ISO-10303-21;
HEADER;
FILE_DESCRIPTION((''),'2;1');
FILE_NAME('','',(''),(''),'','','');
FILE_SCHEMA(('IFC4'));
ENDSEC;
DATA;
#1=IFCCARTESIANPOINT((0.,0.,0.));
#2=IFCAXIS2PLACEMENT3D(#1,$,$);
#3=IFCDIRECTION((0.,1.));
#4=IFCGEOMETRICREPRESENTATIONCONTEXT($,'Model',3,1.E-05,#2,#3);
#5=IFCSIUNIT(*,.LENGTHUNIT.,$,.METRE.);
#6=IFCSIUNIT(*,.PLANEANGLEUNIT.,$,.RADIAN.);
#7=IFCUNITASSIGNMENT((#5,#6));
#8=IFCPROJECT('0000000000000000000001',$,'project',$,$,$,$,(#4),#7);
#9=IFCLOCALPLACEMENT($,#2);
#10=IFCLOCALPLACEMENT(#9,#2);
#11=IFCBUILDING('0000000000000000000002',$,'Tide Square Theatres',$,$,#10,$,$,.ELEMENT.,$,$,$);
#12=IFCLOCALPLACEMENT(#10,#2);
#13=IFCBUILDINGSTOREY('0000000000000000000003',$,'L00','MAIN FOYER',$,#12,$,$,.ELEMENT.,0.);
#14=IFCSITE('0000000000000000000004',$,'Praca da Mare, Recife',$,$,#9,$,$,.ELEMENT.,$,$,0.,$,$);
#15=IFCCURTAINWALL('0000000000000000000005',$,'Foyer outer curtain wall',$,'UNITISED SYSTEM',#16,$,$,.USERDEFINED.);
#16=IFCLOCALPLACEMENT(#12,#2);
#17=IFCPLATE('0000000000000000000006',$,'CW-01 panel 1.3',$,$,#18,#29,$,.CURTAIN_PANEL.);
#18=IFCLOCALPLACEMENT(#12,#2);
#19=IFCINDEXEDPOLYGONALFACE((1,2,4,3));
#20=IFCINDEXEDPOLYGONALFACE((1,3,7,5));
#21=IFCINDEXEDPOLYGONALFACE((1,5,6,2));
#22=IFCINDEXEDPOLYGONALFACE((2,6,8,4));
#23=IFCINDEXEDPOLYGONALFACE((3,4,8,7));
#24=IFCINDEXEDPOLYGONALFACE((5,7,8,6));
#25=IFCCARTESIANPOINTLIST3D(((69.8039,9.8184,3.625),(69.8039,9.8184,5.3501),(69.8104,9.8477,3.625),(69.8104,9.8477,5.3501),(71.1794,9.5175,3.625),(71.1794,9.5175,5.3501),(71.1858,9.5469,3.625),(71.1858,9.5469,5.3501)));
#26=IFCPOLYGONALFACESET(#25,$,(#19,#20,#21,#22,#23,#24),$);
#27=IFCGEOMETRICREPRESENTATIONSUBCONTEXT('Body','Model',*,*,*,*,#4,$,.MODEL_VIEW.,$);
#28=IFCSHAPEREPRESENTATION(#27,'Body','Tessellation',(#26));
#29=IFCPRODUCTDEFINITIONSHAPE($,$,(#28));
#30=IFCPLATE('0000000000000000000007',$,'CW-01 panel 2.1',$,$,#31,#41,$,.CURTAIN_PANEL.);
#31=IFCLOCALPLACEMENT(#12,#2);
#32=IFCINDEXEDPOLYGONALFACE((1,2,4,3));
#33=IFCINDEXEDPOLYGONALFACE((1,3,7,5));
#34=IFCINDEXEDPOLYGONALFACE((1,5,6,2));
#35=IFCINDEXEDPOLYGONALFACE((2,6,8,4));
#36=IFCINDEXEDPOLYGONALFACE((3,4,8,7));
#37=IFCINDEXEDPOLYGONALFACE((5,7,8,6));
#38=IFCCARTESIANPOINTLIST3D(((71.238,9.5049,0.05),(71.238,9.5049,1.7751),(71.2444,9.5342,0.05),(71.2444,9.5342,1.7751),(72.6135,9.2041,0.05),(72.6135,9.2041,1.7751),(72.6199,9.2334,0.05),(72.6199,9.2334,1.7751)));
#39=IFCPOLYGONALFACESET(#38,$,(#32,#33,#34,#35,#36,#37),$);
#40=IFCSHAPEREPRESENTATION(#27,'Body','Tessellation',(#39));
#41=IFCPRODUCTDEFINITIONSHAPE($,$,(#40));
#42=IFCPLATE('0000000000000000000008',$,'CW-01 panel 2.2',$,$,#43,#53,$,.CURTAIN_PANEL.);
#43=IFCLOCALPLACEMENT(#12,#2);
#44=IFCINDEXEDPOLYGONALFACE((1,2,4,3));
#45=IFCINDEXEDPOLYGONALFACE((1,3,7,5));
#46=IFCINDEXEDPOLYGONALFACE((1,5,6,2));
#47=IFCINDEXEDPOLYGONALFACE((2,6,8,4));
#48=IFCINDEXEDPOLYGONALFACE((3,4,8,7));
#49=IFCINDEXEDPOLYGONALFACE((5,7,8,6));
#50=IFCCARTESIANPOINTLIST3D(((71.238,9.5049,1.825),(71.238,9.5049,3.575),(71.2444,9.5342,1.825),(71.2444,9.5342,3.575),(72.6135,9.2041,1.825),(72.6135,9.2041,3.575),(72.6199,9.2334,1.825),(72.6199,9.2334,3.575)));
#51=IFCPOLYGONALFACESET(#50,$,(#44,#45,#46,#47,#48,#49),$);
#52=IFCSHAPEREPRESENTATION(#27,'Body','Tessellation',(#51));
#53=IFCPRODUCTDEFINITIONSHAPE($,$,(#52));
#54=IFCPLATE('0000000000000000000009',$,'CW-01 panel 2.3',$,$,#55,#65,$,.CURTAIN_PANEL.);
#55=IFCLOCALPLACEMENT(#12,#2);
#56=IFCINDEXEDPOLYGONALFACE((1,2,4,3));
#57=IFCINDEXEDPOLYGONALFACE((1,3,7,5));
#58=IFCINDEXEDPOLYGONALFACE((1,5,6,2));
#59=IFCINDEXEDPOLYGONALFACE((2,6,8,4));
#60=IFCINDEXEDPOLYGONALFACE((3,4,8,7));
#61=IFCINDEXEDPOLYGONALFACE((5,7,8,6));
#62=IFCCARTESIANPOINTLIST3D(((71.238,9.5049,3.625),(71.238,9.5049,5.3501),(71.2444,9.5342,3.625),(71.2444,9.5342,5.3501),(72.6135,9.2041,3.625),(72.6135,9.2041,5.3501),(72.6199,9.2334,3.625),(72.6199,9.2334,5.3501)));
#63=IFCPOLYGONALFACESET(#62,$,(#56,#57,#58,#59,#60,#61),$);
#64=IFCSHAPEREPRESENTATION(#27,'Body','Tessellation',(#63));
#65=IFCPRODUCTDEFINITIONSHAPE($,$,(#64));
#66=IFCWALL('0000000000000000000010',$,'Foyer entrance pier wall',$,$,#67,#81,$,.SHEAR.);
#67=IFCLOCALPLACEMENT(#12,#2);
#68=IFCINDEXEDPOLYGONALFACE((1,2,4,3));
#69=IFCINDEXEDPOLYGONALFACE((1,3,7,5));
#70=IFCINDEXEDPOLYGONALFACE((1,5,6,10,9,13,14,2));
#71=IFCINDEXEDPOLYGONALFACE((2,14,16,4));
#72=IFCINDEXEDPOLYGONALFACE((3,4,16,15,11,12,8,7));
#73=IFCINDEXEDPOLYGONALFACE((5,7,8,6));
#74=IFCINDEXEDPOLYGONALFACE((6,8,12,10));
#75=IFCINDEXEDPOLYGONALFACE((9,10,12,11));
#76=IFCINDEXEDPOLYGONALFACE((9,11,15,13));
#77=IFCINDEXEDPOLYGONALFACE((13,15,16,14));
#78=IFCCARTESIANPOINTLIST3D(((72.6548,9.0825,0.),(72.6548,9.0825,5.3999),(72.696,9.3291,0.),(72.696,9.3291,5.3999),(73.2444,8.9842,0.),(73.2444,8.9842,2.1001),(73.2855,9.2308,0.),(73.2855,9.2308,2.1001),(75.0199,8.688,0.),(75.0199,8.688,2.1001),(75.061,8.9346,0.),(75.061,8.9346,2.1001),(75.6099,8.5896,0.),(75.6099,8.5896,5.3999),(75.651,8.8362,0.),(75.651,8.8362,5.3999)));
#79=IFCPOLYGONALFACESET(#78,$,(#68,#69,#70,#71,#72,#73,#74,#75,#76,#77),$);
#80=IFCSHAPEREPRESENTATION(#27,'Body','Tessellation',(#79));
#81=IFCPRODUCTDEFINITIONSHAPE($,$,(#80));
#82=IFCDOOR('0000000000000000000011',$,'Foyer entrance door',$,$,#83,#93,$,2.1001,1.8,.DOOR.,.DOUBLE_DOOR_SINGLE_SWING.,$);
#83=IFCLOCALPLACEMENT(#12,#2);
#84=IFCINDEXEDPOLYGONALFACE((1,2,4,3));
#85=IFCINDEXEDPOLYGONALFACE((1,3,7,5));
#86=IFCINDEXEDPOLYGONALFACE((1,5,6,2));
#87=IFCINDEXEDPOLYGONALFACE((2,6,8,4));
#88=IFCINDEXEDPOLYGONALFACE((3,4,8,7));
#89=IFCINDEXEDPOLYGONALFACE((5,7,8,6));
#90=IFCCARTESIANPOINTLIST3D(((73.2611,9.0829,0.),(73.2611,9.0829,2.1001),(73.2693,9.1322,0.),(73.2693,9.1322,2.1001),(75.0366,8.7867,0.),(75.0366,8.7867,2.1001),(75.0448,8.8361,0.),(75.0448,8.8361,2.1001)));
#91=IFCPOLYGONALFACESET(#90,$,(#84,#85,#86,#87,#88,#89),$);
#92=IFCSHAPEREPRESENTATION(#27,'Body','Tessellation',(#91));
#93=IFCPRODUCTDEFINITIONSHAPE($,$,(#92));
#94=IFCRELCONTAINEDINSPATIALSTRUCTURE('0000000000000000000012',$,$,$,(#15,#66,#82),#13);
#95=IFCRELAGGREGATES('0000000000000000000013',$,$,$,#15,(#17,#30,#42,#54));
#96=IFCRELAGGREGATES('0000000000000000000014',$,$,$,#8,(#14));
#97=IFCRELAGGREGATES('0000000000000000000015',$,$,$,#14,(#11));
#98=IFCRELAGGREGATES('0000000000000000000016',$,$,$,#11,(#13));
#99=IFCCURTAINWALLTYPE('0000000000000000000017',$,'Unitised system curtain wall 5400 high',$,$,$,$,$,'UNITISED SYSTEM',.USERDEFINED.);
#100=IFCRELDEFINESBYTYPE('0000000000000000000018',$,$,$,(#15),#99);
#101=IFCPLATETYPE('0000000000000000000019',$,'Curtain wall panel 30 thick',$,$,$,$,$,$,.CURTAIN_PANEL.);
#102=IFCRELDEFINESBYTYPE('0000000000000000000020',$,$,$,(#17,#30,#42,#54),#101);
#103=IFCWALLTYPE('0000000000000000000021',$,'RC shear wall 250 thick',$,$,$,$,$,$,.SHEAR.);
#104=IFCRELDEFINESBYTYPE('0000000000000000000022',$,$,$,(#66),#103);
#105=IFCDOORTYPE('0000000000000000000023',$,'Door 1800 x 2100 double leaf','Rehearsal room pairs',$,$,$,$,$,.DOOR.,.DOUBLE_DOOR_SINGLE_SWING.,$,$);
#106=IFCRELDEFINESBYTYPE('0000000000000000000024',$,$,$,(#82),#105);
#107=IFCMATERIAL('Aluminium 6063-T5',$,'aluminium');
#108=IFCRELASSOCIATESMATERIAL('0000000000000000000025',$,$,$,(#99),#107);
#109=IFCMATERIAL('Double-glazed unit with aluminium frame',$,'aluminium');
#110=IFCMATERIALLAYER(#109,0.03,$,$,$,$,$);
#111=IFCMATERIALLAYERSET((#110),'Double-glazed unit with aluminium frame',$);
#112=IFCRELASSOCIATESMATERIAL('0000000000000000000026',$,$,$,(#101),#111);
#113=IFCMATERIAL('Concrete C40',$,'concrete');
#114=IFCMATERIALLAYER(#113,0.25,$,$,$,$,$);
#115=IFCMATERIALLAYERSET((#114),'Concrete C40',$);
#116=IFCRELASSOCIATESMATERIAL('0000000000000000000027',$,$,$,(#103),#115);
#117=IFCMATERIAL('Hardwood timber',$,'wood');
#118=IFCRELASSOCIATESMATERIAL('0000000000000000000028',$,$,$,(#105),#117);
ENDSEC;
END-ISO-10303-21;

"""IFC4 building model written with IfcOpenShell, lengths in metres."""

from ifc_helpers import new_model, si_unit, direction, frame, frame_2d, origin, origin_2d, place, context, subcontext, project, spatial, rectangle, extrude, material, layer, layer_set, type_object, element, fill, aggregate, save


model = new_model("IFC4")

# Units and contexts
model_context = context("Model", 3, precision=1e-05, world=origin(), true_north=direction((0.0, 1.0)))
body_context = subcontext(model_context, "Body", "Model", "MODEL_VIEW")
ifc_project = project(units=[si_unit("LENGTHUNIT", "METRE"), si_unit("PLANEANGLEUNIT", "RADIAN")], contexts=[model_context])

# Site, building, storey
site_placement = place(None, origin())
site = spatial("IfcSite", under=ifc_project, at=site_placement, Name="Praca da Mare, Recife", CompositionType="ELEMENT", RefElevation=0.0)
building_placement = place(site_placement, origin())
building = spatial("IfcBuilding", under=site, at=building_placement, Name="Tide Square Theatres", CompositionType="ELEMENT")
storey_placement = place(building_placement, origin())
storey = spatial("IfcBuildingStorey", under=building, at=storey_placement, Name="L00", Description="MAIN FOYER", CompositionType="ELEMENT", Elevation=0.0)

# Shared definitions
ifc_material_1 = material(Name="Aluminium 6063-T5", Category="aluminium")
curtain_wall_type = type_object("IfcCurtainWallType", Name="Unitised system curtain wall 5400 high", ElementType="UNITISED SYSTEM", PredefinedType="USERDEFINED", material=ifc_material_1)

# Curtain wall, plates
curtain_wall_1_placement = place(storey_placement, origin())
curtain_wall_1 = element("IfcCurtainWall", 1, at=curtain_wall_1_placement, inside=storey, type_object=curtain_wall_type, Name="Foyer outer curtain wall", ObjectType="UNITISED SYSTEM", PredefinedType="USERDEFINED")
ifc_material_2 = material(Name="Double-glazed unit with aluminium frame", Category="aluminium")
ifc_layer_1 = layer(ifc_material_2, 0.03)
ifc_layer_set_1 = layer_set([ifc_layer_1], Name="Double-glazed unit with aluminium frame")
plate_type = type_object("IfcPlateType", Name="Curtain wall panel 30 thick", PredefinedType="CURTAIN_PANEL", material=ifc_layer_set_1)
plate_1_placement = place(storey_placement, frame((70.4949, 9.6826, 3.625), z_axis=(0.0, 0.0, 1.0), x_axis=(0.97691, -0.213653, 0.0)))
plate_1 = element("IfcPlate", 2, at=plate_1_placement, type_object=plate_type, Name="CW-01 panel 1.3", PredefinedType="CURTAIN_PANEL", context=body_context, shape_type="SweptSolid", body=[
    extrude(rectangle(XDim=1.408, YDim=0.03, at=origin_2d()), origin(), (0.0, 0.0, 1.0), 1.7251),
])
plate_2_placement = place(storey_placement, frame((71.929, 9.3691, 0.05), z_axis=(0.0, 0.0, 1.0), x_axis=(0.97691, -0.213653, 0.0)))
plate_2 = element("IfcPlate", 3, at=plate_2_placement, type_object=plate_type, Name="CW-01 panel 2.1", PredefinedType="CURTAIN_PANEL", context=body_context, shape_type="SweptSolid", body=[
    extrude(rectangle(XDim=1.408, YDim=0.03, at=origin_2d()), origin(), (0.0, 0.0, 1.0), 1.7251),
])
plate_3_placement = place(storey_placement, frame((71.929, 9.3691, 1.825), z_axis=(0.0, 0.0, 1.0), x_axis=(0.97691, -0.213653, 0.0)))
plate_3 = element("IfcPlate", 4, at=plate_3_placement, type_object=plate_type, Name="CW-01 panel 2.2", PredefinedType="CURTAIN_PANEL", context=body_context, shape_type="SweptSolid", body=[
    extrude(rectangle(XDim=1.408, YDim=0.03, at=origin_2d()), origin(), (0.0, 0.0, 1.0), 1.75),
])
plate_4_placement = place(storey_placement, frame((71.929, 9.3691, 3.625), z_axis=(0.0, 0.0, 1.0), x_axis=(0.97691, -0.213653, 0.0)))
plate_4 = element("IfcPlate", 5, at=plate_4_placement, type_object=plate_type, Name="CW-01 panel 2.3", PredefinedType="CURTAIN_PANEL", context=body_context, shape_type="SweptSolid", body=[
    extrude(rectangle(XDim=1.408, YDim=0.03, at=origin_2d()), origin(), (0.0, 0.0, 1.0), 1.7251),
])
aggregate(curtain_wall_1, [plate_1, plate_2, plate_3, plate_4])

# Wall, opening, door
ifc_material_3 = material(Name="Concrete C40", Category="concrete")
ifc_layer_2 = layer(ifc_material_3, 0.25)
ifc_layer_set_2 = layer_set([ifc_layer_2], Name="Concrete C40")
wall_type = type_object("IfcWallType", Name="RC shear wall 250 thick", PredefinedType="SHEAR", material=ifc_layer_set_2)
wall_placement = place(storey_placement, frame((72.6753, 9.2058, 0.0), z_axis=(0.0, 0.0, 1.0), x_axis=(0.986372, -0.164531, 0.0)))
wall = element("IfcWall", 6, at=wall_placement, inside=storey, type_object=wall_type, Name="Foyer entrance pier wall", PredefinedType="SHEAR", context=body_context, shape_type="SweptSolid", body=[
    extrude(rectangle(XDim=2.9958, YDim=0.25, at=frame_2d((1.498, 0.0))), origin(), (0.0, 0.0, 1.0), 5.3999),
])
opening_placement = place(wall_placement, frame((0.5979, 0.0, 0.0)))
opening = element("IfcOpeningElement", 7, at=opening_placement, cuts=wall, PredefinedType="OPENING", context=body_context, shape_type="SweptSolid", body=[
    extrude(rectangle(XDim=1.8, YDim=2.1001, at=frame_2d((0.8999, 1.05))), frame((0.0, 0.135, 0.0), z_axis=(0.0, -1.0, 0.0), x_axis=(1.0, 0.0, 0.0)), (0.0, 0.0, 1.0), 0.27),
])
ifc_material_4 = material(Name="Hardwood timber", Category="wood")
door_type = type_object("IfcDoorType", Name="Door 1800 x 2100 double leaf", Description="Rehearsal room pairs", OperationType="DOUBLE_DOOR_SINGLE_SWING", PredefinedType="DOOR", material=ifc_material_4)
door_placement = place(opening_placement, frame((1.8, 0.0, 0.0), z_axis=(0.0, 0.0, 1.0), x_axis=(-1.0, 0.0, 0.0)))
door = element("IfcDoor", 8, at=door_placement, inside=storey, type_object=door_type, Name="Foyer entrance door", OperationType="DOUBLE_DOOR_SINGLE_SWING", OverallHeight=2.1001, OverallWidth=1.8, PredefinedType="DOOR", context=body_context, shape_type="SweptSolid", body=[
    extrude(rectangle(XDim=1.8, YDim=2.1001, at=frame_2d((0.8999, 1.05))), frame((0.0, 0.0249, 0.0), z_axis=(0.0, -1.0, 0.0), x_axis=(1.0, 0.0, 0.0)), (0.0, 0.0, 1.0), 0.05),
])
fill(opening, door)

save(model, "model.ifc")
